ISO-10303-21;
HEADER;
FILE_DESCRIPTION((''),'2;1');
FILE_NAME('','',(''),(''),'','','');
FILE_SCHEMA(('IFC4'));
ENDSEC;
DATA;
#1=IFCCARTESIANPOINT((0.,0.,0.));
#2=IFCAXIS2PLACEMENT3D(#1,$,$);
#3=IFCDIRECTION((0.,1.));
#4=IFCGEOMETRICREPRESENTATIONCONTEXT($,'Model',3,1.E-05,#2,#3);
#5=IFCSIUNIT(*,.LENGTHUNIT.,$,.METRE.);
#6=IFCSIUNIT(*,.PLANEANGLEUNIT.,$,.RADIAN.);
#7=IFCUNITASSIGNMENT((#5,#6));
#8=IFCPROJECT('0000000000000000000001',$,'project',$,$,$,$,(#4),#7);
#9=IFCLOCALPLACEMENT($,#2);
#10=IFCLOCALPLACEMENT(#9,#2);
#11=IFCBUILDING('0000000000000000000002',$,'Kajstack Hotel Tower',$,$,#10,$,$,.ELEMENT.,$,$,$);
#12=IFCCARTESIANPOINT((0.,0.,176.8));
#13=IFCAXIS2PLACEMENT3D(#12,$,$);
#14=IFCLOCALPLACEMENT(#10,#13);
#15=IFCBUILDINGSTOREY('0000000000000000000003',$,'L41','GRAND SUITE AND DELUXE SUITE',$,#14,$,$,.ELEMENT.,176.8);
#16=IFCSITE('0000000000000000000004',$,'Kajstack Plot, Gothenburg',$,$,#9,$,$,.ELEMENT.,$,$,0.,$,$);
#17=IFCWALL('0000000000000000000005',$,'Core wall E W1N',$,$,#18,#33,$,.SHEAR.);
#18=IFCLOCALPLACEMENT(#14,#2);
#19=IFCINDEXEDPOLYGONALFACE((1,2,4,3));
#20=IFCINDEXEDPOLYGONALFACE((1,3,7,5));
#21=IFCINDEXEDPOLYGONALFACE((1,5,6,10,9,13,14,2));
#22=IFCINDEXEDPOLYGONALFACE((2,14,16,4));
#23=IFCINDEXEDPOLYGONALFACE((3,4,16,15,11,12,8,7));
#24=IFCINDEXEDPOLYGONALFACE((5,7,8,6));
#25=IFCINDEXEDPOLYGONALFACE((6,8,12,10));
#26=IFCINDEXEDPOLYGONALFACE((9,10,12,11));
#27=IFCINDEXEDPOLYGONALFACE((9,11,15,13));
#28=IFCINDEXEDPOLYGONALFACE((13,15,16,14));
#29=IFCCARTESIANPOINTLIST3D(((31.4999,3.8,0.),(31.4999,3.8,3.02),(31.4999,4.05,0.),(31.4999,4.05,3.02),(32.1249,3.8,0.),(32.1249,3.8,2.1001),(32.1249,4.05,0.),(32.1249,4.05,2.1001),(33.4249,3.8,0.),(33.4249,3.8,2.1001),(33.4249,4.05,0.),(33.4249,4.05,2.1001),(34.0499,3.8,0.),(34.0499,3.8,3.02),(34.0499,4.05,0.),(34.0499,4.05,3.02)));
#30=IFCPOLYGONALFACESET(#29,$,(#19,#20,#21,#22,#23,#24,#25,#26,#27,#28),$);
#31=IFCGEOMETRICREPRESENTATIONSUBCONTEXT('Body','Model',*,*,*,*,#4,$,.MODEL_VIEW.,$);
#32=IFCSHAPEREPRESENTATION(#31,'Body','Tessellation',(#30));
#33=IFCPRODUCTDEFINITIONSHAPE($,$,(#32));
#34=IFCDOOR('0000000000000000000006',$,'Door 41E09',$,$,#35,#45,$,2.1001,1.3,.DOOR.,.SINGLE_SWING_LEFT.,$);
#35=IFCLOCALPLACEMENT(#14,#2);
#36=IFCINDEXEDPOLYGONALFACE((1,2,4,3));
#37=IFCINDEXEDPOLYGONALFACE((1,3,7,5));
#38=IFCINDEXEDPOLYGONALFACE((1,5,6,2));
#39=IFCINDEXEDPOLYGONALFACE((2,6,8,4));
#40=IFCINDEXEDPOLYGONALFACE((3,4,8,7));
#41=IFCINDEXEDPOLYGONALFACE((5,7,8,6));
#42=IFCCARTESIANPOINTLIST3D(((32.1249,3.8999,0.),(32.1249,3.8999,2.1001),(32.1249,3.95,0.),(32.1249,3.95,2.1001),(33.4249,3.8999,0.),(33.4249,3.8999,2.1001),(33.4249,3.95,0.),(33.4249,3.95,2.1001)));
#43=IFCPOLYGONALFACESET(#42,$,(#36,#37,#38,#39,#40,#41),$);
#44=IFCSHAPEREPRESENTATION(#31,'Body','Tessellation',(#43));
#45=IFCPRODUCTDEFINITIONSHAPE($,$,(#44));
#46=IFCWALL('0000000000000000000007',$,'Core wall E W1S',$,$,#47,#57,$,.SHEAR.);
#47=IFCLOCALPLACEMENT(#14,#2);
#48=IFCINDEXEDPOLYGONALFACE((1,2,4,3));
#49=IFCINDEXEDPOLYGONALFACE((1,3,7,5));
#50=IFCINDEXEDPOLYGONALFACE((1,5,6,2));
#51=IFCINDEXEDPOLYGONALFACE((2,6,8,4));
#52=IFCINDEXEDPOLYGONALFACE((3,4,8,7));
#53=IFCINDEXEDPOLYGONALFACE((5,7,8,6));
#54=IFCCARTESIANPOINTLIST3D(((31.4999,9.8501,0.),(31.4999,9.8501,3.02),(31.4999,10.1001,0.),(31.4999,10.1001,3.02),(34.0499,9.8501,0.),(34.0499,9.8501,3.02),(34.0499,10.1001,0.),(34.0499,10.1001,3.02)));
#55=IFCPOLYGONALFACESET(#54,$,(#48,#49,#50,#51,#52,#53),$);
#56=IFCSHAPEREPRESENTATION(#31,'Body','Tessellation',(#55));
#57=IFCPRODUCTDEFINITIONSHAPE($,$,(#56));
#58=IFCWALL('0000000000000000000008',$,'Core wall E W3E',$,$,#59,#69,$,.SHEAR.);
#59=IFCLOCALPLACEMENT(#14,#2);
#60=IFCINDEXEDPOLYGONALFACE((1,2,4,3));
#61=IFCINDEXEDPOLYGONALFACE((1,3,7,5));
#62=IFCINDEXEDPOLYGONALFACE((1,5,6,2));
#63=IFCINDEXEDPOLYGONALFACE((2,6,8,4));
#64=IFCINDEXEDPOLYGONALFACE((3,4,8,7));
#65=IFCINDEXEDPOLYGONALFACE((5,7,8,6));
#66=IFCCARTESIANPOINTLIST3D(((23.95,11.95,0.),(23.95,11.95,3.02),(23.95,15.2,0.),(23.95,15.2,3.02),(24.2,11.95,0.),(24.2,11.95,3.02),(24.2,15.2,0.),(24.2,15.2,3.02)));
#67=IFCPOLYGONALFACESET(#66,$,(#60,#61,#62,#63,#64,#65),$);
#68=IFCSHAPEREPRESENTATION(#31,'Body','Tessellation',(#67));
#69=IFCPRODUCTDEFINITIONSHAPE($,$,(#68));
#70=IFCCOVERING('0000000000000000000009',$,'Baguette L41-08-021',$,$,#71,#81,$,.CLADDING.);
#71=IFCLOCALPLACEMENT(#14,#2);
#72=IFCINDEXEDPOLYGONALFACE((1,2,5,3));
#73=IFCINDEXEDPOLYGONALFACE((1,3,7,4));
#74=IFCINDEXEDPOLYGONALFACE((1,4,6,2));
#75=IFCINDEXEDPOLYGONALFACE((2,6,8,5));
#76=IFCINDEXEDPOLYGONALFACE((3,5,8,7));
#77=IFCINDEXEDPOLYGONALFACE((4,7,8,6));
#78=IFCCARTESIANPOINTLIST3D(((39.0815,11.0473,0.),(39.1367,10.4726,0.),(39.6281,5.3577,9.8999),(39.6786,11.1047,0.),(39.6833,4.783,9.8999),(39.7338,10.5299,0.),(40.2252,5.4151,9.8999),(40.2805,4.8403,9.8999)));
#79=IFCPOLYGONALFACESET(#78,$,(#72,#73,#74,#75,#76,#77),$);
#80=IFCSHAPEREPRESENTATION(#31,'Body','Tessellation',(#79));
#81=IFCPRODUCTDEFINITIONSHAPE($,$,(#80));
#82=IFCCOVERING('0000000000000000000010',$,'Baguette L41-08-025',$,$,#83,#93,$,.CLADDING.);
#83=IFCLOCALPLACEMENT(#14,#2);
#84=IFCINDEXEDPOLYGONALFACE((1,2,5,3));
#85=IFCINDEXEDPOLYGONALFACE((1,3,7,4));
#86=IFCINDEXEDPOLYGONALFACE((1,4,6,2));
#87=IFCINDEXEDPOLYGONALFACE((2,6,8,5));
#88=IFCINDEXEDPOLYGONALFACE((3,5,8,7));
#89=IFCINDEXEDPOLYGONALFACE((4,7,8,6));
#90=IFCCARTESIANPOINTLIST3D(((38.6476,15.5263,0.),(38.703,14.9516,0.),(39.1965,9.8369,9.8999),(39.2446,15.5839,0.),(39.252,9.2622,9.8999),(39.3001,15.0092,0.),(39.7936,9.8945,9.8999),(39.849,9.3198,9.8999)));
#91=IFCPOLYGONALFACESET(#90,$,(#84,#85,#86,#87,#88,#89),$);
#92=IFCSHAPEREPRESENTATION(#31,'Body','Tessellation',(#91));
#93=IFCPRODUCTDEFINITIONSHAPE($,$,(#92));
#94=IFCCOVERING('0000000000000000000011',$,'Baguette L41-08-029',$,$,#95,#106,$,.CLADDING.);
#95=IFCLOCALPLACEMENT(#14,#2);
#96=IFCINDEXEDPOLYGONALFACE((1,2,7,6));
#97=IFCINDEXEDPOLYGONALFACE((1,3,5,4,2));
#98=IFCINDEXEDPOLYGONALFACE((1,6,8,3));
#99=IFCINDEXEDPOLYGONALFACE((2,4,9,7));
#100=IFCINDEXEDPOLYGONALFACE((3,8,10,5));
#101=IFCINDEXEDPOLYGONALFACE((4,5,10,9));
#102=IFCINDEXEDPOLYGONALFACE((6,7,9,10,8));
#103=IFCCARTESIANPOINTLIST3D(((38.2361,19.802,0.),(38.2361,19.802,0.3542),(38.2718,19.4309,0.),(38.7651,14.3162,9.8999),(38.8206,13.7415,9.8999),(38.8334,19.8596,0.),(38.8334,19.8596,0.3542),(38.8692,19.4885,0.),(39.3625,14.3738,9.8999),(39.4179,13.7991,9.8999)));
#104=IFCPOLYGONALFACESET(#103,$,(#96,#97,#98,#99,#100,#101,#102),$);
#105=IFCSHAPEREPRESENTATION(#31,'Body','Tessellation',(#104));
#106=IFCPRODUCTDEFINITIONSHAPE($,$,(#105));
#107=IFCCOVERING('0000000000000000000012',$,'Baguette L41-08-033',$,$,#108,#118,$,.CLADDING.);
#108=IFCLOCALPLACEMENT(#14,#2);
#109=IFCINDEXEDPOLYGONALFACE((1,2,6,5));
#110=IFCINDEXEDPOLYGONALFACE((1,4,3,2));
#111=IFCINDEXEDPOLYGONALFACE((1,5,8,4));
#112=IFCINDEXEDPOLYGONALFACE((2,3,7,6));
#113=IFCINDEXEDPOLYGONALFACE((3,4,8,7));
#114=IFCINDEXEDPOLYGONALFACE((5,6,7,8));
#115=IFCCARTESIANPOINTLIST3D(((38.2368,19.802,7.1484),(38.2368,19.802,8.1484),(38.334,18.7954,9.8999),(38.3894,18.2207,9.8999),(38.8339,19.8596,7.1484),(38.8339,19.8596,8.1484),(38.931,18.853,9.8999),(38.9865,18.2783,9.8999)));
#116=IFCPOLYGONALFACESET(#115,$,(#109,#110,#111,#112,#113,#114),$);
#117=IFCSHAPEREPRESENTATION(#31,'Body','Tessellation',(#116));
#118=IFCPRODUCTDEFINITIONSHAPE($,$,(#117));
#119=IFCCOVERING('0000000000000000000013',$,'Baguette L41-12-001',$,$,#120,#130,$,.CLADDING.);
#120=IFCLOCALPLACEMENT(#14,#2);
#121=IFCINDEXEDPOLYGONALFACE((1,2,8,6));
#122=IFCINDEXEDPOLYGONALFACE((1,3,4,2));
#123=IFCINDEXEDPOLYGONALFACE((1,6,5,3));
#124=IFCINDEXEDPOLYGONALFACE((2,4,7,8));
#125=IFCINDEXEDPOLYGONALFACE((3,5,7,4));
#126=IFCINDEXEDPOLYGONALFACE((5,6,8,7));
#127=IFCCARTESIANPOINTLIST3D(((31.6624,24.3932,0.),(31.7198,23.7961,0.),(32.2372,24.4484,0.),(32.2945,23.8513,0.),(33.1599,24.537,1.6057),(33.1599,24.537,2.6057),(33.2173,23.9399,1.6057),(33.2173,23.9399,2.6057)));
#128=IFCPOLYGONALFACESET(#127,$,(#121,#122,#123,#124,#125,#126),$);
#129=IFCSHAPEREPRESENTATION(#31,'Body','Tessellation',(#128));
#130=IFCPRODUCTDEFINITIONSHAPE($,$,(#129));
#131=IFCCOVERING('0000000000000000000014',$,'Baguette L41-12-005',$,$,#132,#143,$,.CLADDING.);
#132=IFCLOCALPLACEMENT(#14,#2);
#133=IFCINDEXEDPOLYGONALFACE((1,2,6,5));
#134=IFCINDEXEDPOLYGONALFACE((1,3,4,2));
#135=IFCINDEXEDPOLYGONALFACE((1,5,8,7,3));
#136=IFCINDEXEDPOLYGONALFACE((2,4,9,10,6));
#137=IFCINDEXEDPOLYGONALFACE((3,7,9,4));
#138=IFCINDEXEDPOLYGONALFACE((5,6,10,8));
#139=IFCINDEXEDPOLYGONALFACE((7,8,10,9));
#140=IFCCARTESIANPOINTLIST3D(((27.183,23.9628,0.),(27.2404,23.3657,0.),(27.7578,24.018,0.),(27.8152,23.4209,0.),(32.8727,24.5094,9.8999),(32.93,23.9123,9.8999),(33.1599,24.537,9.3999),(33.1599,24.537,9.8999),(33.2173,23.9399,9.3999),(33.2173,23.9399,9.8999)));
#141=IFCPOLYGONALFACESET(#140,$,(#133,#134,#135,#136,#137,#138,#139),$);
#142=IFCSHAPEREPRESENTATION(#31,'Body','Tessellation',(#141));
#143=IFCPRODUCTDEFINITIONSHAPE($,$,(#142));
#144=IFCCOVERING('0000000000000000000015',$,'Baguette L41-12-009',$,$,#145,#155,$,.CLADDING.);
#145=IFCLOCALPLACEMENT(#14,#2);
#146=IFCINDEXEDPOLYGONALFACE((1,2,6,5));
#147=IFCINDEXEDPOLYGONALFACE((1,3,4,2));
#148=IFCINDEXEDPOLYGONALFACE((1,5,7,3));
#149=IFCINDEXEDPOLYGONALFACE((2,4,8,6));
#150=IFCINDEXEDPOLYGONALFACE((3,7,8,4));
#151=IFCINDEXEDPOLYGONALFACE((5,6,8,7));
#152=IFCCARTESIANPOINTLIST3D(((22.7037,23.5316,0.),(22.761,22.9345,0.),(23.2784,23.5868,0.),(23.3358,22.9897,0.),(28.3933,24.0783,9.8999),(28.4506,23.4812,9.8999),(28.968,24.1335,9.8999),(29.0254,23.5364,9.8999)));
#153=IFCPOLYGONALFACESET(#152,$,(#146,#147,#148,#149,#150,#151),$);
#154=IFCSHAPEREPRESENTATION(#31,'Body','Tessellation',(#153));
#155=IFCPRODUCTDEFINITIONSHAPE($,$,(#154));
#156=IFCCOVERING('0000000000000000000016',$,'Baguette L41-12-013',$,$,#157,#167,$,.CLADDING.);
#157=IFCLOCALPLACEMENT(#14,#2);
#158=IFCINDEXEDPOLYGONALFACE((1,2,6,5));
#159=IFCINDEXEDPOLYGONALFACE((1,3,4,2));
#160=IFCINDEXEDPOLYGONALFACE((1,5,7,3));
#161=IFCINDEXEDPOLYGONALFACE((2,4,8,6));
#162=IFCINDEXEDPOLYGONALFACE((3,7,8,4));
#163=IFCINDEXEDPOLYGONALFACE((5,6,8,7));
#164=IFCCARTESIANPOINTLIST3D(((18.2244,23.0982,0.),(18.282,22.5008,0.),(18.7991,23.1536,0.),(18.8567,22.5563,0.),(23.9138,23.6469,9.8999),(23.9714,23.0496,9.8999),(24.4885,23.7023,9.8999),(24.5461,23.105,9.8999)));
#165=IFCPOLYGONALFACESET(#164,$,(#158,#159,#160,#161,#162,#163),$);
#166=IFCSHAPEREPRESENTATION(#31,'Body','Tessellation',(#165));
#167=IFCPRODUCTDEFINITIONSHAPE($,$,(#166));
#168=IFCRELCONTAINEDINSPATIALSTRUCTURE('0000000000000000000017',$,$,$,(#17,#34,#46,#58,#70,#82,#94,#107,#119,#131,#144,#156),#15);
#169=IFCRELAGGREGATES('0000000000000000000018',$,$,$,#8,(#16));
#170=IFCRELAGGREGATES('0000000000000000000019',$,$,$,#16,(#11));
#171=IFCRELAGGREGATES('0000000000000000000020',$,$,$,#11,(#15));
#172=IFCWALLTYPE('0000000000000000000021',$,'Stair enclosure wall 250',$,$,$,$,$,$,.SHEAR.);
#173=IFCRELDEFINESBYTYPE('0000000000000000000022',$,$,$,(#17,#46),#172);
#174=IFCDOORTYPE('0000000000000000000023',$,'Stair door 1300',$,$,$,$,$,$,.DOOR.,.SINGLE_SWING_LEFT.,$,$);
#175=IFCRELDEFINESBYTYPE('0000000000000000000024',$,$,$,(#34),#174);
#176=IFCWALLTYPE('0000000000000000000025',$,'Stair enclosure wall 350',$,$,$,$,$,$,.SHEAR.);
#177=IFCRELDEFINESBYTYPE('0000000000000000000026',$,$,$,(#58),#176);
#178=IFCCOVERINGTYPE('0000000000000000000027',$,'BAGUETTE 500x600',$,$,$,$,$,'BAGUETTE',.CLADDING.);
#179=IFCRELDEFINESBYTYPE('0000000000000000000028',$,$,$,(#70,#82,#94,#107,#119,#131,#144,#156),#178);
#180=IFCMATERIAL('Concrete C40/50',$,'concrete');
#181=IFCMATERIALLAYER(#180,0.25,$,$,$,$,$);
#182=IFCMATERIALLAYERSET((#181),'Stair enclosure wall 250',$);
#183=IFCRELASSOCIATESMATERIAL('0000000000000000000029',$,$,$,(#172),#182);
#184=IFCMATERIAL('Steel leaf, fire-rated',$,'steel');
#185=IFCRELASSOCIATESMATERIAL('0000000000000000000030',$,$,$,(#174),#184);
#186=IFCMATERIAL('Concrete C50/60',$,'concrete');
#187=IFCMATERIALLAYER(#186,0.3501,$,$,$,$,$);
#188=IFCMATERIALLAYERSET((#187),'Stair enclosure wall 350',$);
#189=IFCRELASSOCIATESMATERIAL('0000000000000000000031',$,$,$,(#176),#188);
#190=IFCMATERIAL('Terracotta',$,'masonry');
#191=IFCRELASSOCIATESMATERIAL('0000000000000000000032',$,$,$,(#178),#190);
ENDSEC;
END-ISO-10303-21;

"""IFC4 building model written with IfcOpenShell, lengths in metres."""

from ifc_helpers import new_model, si_unit, direction, frame, frame_2d, origin, origin_2d, place, context, subcontext, project, spatial, polyline, rectangle, outline, extrude, material, layer, layer_set, material_profile, profile_set, type_object, element, fill, save


model = new_model("IFC4")

# Units and contexts
model_context = context("Model", 3, precision=1e-05, world=origin(), true_north=direction((0.0, 1.0)))
body_context = subcontext(model_context, "Body", "Model", "MODEL_VIEW")
ifc_project = project(units=[si_unit("LENGTHUNIT", "METRE"), si_unit("PLANEANGLEUNIT", "RADIAN")], contexts=[model_context])

# Site, building, storey
site_placement = place(None, origin())
site = spatial("IfcSite", under=ifc_project, at=site_placement, Name="Kajstack Plot, Gothenburg", CompositionType="ELEMENT", RefElevation=0.0)
building_placement = place(site_placement, origin())
building = spatial("IfcBuilding", under=site, at=building_placement, Name="Kajstack Hotel Tower", CompositionType="ELEMENT")
storey_placement = place(building_placement, frame((0.0, 0.0, 176.8)))
storey = spatial("IfcBuildingStorey", under=building, at=storey_placement, Name="L41", Description="GRAND SUITE AND DELUXE SUITE", CompositionType="ELEMENT", Elevation=176.8)

# Shared definitions
ifc_material_1 = material(Name="Concrete C40/50", Category="concrete")
ifc_material_2 = material(Name="Concrete C50/60", Category="concrete")

# Wall, opening, door
ifc_layer_1 = layer(ifc_material_1, 0.25)
ifc_layer_set_1 = layer_set([ifc_layer_1], Name="Stair enclosure wall 250")
wall_type_1 = type_object("IfcWallType", Name="Stair enclosure wall 250", PredefinedType="SHEAR", material=ifc_layer_set_1)
wall_1_placement = place(storey_placement, frame((31.5, 3.925, 0.0), z_axis=(0.0, 0.0, 1.0), x_axis=(1.0, 0.0, 0.0)))
wall_1 = element("IfcWall", 1, at=wall_1_placement, inside=storey, type_object=wall_type_1, Name="Core wall E W1N", PredefinedType="SHEAR", context=body_context, shape_type="SweptSolid", body=[
    extrude(rectangle(XDim=2.55, YDim=0.25, at=frame_2d((1.2749, 0.0))), origin(), (0.0, 0.0, 1.0), 3.02),
])
opening_1_placement = place(wall_1_placement, frame((0.625, 0.0, 0.0)))
opening_1 = element("IfcOpeningElement", 2, at=opening_1_placement, cuts=wall_1, PredefinedType="OPENING", context=body_context, shape_type="SweptSolid", body=[
    extrude(rectangle(XDim=1.3, YDim=2.1001, at=frame_2d((0.6499, 1.05))), frame((0.0, 0.135, 0.0), z_axis=(0.0, -1.0, 0.0), x_axis=(1.0, 0.0, 0.0)), (0.0, 0.0, 1.0), 0.27),
])
ifc_material_3 = material(Name="Steel leaf, fire-rated", Category="steel")
door_type_1 = type_object("IfcDoorType", Name="Stair door 1300", OperationType="SINGLE_SWING_LEFT", PredefinedType="DOOR", material=ifc_material_3)
door_1_placement = place(opening_1_placement, origin())
door_1 = element("IfcDoor", 3, at=door_1_placement, inside=storey, type_object=door_type_1, Name="Door 41E09", OperationType="SINGLE_SWING_LEFT", OverallHeight=2.1001, OverallWidth=1.3, PredefinedType="DOOR", context=body_context, shape_type="SweptSolid", body=[
    extrude(rectangle(XDim=1.3, YDim=2.1001, at=frame_2d((0.6499, 1.05))), frame((0.0, 0.0249, 0.0), z_axis=(0.0, -1.0, 0.0), x_axis=(1.0, 0.0, 0.0)), (0.0, 0.0, 1.0), 0.05),
])
fill(opening_1, door_1)

# Walls
wall_2_placement = place(storey_placement, frame((31.5, 9.9751, 0.0), z_axis=(0.0, 0.0, 1.0), x_axis=(1.0, 0.0, 0.0)))
element("IfcWall", 4, at=wall_2_placement, inside=storey, type_object=wall_type_1, Name="Core wall E W1S", PredefinedType="SHEAR", context=body_context, shape_type="SweptSolid", body=[
    extrude(rectangle(XDim=2.55, YDim=0.25, at=frame_2d((1.2749, 0.0))), origin(), (0.0, 0.0, 1.0), 3.02),
])
ifc_layer_2 = layer(ifc_material_2, 0.3501)
ifc_layer_set_2 = layer_set([ifc_layer_2], Name="Stair enclosure wall 350")
wall_type_2 = type_object("IfcWallType", Name="Stair enclosure wall 350", PredefinedType="SHEAR", material=ifc_layer_set_2)
wall_3_placement = place(storey_placement, frame((24.075, 11.95, 0.0), z_axis=(0.0, 0.0, 1.0), x_axis=(0.0, 1.0, 0.0)))
element("IfcWall", 5, at=wall_3_placement, inside=storey, type_object=wall_type_2, Name="Core wall E W3E", PredefinedType="SHEAR", context=body_context, shape_type="SweptSolid", body=[
    extrude(rectangle(XDim=3.25, YDim=0.25, at=frame_2d((1.625, 0.0))), origin(), (0.0, 0.0, 1.0), 3.02),
])

# Coverings
ifc_material_4 = material(Name="Terracotta", Category="masonry")
ifc_material_profile = material_profile(ifc_material_4, rectangle(XDim=0.6001, YDim=0.5, at=origin_2d()), Name="Terracotta-clad concrete baguette 500 x 600")
ifc_profile_set = profile_set([ifc_material_profile], Name="Terracotta")
covering_type = type_object("IfcCoveringType", Name="BAGUETTE 500x600", ElementType="BAGUETTE", PredefinedType="CLADDING", material=ifc_profile_set)
for number, where, z_axis, x_axis, name in (
    (6, (39.6833, 4.783, 0.0), (0.995416, 0.095635, 0.0), (-0.095635, 0.995416, 0.0), "Baguette L41-08-021"),
    (7, (39.252, 9.2622, 0.0), (0.995378, 0.096038, 0.0), (-0.096038, 0.995378, 0.0), "Baguette L41-08-025"),
):
    element("IfcCovering", number, at=place(storey_placement, frame(where, z_axis=z_axis, x_axis=x_axis)), inside=storey, type_object=covering_type, Name=name, PredefinedType="CLADDING", context=body_context, shape_type="SweptSolid", body=[
        extrude(outline(polyline([(0.0, 9.8999), (5.7158, 0.0), (6.2932, 0.0), (0.5774, 9.8999), (0.0, 9.8999)])), origin(), (0.0, 0.0, 1.0), 0.5999),
    ])
covering_1_placement = place(storey_placement, frame((38.8206, 13.7415, 0.0), z_axis=(0.995381, 0.095999, 0.0), x_axis=(-0.095999, 0.995381, 0.0)))
element("IfcCovering", 8, at=covering_1_placement, inside=storey, type_object=covering_type, Name="Baguette L41-08-029", PredefinedType="CLADDING", context=body_context, shape_type="SweptSolid", body=[
    extrude(outline(polyline([(5.7158, 0.0), (6.0886, 0.0), (6.0886, 0.3542), (0.5774, 9.8999), (0.0, 9.8999), (5.7158, 0.0)])), origin(), (0.0, 0.0, 1.0), 0.6001),
])
covering_2_placement = place(storey_placement, frame((38.3894, 18.2207, 0.0), z_axis=(0.995378, 0.096038, 0.0), x_axis=(-0.096038, 0.995378, 0.0)))
element("IfcCovering", 9, at=covering_2_placement, inside=storey, type_object=covering_type, Name="Baguette L41-08-033", PredefinedType="CLADDING", context=body_context, shape_type="SweptSolid", body=[
    extrude(outline(polyline([(0.0, 9.8999), (1.5886, 7.1484), (1.5886, 8.1484), (0.5774, 9.8999), (0.0, 9.8999)])), origin(), (0.0, 0.0, 1.0), 0.5999),
])
covering_3_placement = place(storey_placement, frame((33.2173, 23.9399, 0.0), z_axis=(-0.095635, 0.995416, 0.0), x_axis=(-0.995416, -0.095635, 0.0)))
element("IfcCovering", 10, at=covering_3_placement, inside=storey, type_object=covering_type, Name="Baguette L41-12-001", PredefinedType="CLADDING", context=body_context, shape_type="SweptSolid", body=[
    extrude(outline(polyline([(1.5044, 0.0), (0.0, 2.6057), (0.0, 1.6057), (0.927, 0.0), (1.5044, 0.0)])), origin(), (0.0, 0.0, 1.0), 0.5999),
])
covering_4_placement = place(storey_placement, frame((33.2173, 23.9399, 0.0), z_axis=(-0.095635, 0.995416, 0.0), x_axis=(-0.995416, -0.095635, 0.0)))
element("IfcCovering", 11, at=covering_4_placement, inside=storey, type_object=covering_type, Name="Baguette L41-12-005", PredefinedType="CLADDING", context=body_context, shape_type="SweptSolid", body=[
    extrude(outline(polyline([(0.2886, 9.8999), (0.0, 9.8999), (0.0, 9.3999), (5.427, 0.0), (6.0044, 0.0), (0.2886, 9.8999)])), origin(), (0.0, 0.0, 1.0), 0.5999),
])
covering_5_placement = place(storey_placement, frame((29.0254, 23.5364, 0.0), z_axis=(-0.095635, 0.995416, 0.0), x_axis=(-0.995416, -0.095635, 0.0)))
element("IfcCovering", 12, at=covering_5_placement, inside=storey, type_object=covering_type, Name="Baguette L41-12-009", PredefinedType="CLADDING", context=body_context, shape_type="SweptSolid", body=[
    extrude(outline(polyline([(0.0, 9.8999), (5.7158, 0.0), (6.2932, 0.0), (0.5774, 9.8999), (0.0, 9.8999)])), origin(), (0.0, 0.0, 1.0), 0.5999),
])
covering_6_placement = place(storey_placement, frame((24.5461, 23.105, 0.0), z_axis=(-0.095999, 0.995381, 0.0), x_axis=(-0.995381, -0.095999, 0.0)))
element("IfcCovering", 13, at=covering_6_placement, inside=storey, type_object=covering_type, Name="Baguette L41-12-013", PredefinedType="CLADDING", context=body_context, shape_type="SweptSolid", body=[
    extrude(outline(polyline([(0.0, 9.8999), (5.7158, 0.0), (6.2932, 0.0), (0.5774, 9.8999), (0.0, 9.8999)])), origin(), (0.0, 0.0, 1.0), 0.6001),
])

save(model, "model.ifc")
